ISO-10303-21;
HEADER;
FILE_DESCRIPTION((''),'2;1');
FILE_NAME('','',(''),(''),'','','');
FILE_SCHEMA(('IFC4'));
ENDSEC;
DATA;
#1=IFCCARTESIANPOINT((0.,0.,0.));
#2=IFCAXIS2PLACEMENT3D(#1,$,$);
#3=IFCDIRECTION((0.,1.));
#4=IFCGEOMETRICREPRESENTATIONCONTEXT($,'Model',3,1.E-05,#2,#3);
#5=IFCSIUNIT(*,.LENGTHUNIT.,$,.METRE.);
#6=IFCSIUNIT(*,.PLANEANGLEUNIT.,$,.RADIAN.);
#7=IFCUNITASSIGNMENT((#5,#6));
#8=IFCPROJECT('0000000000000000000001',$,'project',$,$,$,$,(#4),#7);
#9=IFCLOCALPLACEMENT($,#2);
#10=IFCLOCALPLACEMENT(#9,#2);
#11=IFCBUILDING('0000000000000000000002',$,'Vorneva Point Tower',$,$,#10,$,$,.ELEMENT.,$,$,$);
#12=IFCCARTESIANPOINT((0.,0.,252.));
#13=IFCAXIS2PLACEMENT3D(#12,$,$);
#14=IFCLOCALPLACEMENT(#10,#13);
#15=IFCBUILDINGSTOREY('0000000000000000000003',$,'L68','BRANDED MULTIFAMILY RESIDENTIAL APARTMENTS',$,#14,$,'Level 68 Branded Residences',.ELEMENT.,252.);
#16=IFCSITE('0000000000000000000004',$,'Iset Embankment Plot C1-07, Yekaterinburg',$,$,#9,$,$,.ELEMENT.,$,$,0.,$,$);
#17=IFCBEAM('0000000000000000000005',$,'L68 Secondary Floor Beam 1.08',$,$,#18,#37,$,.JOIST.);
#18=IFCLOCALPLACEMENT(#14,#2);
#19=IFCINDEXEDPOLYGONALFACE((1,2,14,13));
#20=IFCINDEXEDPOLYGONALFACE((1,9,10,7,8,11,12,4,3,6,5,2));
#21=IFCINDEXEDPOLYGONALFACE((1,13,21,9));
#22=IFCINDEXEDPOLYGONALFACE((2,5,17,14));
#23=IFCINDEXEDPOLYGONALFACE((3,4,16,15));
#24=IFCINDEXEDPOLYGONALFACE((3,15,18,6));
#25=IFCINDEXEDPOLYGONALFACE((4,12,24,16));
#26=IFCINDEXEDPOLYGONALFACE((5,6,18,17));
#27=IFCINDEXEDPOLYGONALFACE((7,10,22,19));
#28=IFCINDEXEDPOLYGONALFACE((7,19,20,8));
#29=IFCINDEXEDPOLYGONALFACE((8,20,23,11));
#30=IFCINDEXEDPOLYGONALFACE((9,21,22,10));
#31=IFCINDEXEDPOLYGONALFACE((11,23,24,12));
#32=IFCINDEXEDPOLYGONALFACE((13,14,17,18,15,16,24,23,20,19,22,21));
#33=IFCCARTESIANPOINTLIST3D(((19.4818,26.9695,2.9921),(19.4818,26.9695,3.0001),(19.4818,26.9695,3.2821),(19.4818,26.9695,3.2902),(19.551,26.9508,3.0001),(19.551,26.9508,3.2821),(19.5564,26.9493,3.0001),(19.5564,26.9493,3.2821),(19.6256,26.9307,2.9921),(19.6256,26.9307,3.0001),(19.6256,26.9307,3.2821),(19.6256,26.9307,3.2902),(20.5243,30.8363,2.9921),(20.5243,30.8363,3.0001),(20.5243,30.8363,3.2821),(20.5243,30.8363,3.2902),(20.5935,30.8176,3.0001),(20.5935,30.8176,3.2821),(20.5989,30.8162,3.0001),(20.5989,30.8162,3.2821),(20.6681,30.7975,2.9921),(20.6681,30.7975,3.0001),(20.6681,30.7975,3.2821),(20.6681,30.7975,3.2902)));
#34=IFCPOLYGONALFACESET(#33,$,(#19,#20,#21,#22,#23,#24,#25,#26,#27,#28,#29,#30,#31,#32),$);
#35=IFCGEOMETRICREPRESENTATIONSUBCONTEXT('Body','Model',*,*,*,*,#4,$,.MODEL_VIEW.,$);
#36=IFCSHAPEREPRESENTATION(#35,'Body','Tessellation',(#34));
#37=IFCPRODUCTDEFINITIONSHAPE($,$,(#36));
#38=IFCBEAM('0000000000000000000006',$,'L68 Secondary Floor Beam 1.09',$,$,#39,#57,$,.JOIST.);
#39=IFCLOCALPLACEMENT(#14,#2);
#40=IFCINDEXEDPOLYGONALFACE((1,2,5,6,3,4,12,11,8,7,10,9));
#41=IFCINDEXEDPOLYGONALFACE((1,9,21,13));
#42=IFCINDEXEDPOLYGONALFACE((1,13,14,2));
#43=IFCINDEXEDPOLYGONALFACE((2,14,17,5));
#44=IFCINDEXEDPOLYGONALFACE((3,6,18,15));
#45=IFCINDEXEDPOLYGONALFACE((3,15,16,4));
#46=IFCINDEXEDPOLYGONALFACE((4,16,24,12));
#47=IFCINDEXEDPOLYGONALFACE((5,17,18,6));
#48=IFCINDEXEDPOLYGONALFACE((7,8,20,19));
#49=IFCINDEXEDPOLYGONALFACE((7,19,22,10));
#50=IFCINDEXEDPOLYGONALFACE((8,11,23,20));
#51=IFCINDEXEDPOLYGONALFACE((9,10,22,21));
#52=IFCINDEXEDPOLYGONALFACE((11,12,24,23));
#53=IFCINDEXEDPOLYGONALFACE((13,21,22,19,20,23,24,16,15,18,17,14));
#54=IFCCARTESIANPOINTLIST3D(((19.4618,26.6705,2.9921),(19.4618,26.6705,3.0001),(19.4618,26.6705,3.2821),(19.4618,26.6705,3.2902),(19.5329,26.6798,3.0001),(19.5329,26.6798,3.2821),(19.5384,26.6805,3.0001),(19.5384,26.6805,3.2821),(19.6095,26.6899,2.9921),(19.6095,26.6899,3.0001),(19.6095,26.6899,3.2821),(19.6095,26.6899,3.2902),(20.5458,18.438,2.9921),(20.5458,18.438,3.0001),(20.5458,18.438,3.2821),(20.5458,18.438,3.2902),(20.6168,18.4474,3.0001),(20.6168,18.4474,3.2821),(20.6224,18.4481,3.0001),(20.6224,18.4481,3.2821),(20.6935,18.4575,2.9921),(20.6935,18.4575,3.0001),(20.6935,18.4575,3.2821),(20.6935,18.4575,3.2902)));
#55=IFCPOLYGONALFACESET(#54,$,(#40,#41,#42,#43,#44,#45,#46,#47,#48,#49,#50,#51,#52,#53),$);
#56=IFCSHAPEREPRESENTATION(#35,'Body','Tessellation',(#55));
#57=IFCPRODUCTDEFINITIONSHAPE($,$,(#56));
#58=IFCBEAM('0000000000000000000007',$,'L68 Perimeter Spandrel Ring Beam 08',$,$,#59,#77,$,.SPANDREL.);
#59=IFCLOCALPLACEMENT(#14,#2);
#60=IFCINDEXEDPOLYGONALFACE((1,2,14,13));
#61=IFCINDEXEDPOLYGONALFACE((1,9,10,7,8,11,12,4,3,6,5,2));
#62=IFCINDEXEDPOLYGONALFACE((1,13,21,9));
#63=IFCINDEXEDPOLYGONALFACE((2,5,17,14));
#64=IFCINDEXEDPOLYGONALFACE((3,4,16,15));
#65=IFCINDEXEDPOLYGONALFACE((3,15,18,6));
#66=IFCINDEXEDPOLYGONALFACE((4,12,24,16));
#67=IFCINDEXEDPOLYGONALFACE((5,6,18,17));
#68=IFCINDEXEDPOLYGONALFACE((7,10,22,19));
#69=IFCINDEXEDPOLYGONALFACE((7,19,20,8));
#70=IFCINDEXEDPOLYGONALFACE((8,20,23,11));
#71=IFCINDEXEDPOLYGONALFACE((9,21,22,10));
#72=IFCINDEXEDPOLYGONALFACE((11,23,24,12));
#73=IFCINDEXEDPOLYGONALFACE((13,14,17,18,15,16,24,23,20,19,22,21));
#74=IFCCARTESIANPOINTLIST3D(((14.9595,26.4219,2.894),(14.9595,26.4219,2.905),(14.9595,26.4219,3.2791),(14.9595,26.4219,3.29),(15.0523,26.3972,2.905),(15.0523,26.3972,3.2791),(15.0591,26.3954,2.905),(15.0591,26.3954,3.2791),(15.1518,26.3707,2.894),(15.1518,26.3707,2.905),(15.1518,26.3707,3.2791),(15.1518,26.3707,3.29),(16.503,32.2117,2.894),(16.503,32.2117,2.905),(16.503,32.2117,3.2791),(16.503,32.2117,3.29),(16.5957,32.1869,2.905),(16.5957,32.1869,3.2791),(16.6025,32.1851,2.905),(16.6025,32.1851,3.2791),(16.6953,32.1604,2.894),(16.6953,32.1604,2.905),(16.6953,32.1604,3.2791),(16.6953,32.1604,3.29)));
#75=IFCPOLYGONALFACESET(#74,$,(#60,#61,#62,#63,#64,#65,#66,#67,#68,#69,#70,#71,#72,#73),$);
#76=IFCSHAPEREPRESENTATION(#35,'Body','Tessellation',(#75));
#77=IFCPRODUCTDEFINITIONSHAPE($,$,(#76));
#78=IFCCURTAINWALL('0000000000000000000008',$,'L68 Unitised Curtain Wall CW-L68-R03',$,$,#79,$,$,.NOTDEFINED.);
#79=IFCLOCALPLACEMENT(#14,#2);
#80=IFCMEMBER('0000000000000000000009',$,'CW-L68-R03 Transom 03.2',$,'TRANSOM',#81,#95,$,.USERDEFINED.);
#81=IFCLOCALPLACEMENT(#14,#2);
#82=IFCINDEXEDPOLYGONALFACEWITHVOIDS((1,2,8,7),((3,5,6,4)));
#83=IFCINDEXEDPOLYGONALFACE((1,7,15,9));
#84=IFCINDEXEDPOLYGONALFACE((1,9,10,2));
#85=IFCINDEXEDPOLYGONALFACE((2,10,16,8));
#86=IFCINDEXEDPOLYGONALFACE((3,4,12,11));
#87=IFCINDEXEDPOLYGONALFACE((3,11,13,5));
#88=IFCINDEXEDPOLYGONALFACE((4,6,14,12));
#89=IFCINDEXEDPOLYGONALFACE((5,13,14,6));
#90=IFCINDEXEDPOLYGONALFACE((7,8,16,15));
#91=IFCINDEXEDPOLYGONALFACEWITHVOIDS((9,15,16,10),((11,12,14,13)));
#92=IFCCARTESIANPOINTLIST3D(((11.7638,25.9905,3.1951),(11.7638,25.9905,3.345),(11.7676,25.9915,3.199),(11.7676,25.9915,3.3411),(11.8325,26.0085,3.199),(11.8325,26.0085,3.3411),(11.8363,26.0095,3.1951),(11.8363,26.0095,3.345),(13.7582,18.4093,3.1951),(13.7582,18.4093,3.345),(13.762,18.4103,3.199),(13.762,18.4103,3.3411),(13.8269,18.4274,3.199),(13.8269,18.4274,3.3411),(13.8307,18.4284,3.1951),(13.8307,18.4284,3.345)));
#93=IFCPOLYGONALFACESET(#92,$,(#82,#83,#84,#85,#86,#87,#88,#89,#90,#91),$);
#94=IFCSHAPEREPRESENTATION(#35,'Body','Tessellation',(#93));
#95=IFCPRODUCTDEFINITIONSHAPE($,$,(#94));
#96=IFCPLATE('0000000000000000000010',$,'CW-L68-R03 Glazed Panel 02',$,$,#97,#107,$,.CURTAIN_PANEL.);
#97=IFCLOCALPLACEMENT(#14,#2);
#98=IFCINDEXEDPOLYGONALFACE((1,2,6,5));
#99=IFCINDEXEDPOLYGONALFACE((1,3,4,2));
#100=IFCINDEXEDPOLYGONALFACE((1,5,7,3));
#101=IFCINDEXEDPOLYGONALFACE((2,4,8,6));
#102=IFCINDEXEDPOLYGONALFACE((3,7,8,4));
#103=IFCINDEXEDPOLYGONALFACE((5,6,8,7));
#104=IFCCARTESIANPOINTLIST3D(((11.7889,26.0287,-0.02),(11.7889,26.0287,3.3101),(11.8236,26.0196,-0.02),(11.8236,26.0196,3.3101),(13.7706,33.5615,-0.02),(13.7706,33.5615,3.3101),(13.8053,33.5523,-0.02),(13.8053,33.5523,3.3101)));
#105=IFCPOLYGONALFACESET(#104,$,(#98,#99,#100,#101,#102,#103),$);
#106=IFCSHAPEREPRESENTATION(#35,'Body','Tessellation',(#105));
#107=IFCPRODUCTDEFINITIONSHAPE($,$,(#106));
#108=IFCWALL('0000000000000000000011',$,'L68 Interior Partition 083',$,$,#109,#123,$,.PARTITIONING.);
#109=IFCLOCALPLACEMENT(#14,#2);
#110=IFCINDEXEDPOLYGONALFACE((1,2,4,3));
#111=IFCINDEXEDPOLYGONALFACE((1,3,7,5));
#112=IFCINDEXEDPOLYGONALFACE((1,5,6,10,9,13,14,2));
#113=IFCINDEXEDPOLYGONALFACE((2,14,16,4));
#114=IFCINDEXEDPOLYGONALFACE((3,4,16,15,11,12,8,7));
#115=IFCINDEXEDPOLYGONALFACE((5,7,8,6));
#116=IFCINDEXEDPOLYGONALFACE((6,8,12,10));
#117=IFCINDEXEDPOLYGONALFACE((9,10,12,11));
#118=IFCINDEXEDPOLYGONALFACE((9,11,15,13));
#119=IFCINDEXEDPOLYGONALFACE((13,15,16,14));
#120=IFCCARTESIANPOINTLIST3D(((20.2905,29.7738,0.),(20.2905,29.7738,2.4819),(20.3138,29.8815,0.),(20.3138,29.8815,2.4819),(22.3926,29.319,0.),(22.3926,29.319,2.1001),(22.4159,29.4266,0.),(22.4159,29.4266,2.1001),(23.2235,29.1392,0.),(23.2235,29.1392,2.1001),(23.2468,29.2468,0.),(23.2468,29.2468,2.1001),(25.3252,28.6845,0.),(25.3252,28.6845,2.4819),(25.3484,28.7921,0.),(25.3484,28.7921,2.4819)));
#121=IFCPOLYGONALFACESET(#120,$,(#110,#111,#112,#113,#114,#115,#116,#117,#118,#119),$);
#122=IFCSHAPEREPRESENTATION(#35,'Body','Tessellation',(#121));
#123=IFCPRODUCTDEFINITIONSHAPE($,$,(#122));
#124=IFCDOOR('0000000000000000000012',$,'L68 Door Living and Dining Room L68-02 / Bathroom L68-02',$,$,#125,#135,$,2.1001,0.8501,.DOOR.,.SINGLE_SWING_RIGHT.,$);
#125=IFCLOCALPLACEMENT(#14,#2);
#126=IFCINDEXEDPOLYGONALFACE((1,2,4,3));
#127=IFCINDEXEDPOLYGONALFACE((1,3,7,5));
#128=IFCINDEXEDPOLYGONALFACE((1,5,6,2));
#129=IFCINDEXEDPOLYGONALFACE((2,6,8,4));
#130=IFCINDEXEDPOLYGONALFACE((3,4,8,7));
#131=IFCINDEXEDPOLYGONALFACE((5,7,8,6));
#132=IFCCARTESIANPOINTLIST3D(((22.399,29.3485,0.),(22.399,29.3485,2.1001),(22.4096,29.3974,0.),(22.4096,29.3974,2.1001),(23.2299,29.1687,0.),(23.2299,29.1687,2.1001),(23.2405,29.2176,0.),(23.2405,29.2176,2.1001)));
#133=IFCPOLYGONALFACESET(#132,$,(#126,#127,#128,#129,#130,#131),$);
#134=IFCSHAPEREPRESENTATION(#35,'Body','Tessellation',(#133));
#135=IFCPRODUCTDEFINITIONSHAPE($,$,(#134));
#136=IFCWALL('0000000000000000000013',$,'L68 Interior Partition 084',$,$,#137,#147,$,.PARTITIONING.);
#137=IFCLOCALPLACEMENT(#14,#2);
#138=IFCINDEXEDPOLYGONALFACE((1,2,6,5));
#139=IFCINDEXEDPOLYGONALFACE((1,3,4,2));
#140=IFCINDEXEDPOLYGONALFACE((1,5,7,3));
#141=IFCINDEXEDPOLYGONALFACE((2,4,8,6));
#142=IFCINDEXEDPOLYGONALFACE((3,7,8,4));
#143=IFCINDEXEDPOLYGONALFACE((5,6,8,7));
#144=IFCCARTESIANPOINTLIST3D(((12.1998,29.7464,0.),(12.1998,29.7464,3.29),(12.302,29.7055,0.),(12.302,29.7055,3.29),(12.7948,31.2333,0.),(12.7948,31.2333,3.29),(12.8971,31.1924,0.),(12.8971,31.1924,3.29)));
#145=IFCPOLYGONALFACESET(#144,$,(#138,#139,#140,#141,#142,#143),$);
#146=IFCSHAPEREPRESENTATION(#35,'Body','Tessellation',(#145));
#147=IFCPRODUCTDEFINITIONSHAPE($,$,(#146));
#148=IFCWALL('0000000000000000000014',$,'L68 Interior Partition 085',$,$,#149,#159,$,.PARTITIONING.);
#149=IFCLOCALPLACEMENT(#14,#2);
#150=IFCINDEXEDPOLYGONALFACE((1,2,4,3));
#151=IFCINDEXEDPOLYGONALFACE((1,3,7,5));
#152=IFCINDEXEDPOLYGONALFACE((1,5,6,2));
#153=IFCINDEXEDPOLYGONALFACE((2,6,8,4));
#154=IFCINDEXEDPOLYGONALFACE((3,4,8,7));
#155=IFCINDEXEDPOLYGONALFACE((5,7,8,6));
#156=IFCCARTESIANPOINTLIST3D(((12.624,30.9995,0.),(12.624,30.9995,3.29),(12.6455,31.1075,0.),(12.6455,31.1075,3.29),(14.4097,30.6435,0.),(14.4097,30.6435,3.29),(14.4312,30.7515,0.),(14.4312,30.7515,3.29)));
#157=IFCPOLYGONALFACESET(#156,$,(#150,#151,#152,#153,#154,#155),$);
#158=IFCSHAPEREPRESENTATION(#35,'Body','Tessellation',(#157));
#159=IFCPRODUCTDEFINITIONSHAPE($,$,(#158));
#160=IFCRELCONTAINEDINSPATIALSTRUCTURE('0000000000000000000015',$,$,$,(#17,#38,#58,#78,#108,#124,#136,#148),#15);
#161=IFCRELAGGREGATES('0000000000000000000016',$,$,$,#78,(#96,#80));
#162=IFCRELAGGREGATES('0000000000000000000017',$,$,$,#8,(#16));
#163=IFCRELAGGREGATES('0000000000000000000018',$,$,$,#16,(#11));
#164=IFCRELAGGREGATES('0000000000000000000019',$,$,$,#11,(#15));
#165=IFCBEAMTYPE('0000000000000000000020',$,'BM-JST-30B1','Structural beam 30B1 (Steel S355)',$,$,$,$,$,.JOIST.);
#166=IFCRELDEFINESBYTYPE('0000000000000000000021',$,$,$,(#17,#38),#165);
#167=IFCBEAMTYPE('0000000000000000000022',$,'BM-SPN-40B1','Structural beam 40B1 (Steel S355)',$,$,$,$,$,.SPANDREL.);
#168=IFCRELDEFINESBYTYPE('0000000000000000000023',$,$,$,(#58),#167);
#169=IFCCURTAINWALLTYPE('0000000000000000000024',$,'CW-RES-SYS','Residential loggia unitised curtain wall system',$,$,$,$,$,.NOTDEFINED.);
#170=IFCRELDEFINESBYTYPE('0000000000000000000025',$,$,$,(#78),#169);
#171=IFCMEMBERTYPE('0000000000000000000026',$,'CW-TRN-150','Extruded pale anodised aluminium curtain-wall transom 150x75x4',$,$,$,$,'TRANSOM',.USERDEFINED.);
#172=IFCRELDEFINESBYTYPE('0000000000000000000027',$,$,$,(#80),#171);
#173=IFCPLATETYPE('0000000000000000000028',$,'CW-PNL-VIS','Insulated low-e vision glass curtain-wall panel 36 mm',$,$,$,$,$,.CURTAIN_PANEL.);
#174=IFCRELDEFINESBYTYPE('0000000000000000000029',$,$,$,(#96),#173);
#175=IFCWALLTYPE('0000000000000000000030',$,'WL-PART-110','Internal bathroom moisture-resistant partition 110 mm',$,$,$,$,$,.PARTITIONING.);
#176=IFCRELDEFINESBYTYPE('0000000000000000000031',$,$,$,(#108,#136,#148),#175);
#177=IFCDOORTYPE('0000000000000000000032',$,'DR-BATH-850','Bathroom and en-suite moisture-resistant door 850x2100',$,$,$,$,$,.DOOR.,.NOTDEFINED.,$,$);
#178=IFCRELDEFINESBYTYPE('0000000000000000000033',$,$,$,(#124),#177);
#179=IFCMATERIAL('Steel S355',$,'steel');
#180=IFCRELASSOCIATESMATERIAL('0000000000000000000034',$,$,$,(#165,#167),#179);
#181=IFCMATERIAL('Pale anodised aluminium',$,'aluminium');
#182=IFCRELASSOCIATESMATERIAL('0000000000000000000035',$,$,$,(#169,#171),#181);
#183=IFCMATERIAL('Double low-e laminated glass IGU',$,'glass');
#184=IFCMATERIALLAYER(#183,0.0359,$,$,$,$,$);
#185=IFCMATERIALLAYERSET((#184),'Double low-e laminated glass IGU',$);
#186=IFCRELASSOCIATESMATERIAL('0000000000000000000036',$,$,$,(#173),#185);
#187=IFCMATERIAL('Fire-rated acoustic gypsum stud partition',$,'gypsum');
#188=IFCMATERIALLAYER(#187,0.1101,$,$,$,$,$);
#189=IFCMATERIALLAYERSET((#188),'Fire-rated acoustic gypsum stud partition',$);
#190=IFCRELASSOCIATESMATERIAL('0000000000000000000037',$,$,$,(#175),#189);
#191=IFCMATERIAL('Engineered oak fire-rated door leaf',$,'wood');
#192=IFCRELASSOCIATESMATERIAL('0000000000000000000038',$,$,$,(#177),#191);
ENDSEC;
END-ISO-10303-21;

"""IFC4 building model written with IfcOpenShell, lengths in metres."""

from ifc_helpers import new_model, si_unit, direction, frame, frame_2d, origin, origin_2d, place, context, subcontext, project, spatial, rectangle, hollow_rectangle, i_section, extrude, material, layer, layer_set, material_profile, profile_set, type_object, element, fill, aggregate, save


model = new_model("IFC4")

# Units and contexts
model_context = context("Model", 3, precision=1e-05, world=origin(), true_north=direction((0.0, 1.0)))
body_context = subcontext(model_context, "Body", "Model", "MODEL_VIEW")
ifc_project = project(units=[si_unit("LENGTHUNIT", "METRE"), si_unit("PLANEANGLEUNIT", "RADIAN")], contexts=[model_context])

# Site, building, storey
site_placement = place(None, origin())
site = spatial("IfcSite", under=ifc_project, at=site_placement, Name="Iset Embankment Plot C1-07, Yekaterinburg", CompositionType="ELEMENT", RefElevation=0.0)
building_placement = place(site_placement, origin())
building = spatial("IfcBuilding", under=site, at=building_placement, Name="Vorneva Point Tower", CompositionType="ELEMENT")
storey_placement = place(building_placement, frame((0.0, 0.0, 252.0)))
storey = spatial("IfcBuildingStorey", under=building, at=storey_placement, Name="L68", Description="BRANDED MULTIFAMILY RESIDENTIAL APARTMENTS", LongName="Level 68 Branded Residences", CompositionType="ELEMENT", Elevation=252.0)

# Beams
ifc_material_1 = material(Name="Steel S355", Category="steel")
ifc_material_profile_1 = material_profile(ifc_material_1, i_section(OverallWidth=0.1489, OverallDepth=0.2981, WebThickness=0.0056, FlangeThickness=0.0081, at=origin_2d()), Name="30B1")
ifc_profile_set_1 = profile_set([ifc_material_profile_1], Name="Steel S355")
beam_type_1 = type_object("IfcBeamType", Name="BM-JST-30B1", Description="Structural beam 30B1 (Steel S355)", PredefinedType="JOIST", material=ifc_profile_set_1)
beam_1_placement = place(storey_placement, frame((20.5962, 30.8169, 3.1411), z_axis=(-0.26031, -0.965525, 0.0), x_axis=(0.965525, -0.26031, 0.0)))
element("IfcBeam", 1, at=beam_1_placement, inside=storey, type_object=beam_type_1, Name="L68 Secondary Floor Beam 1.08", PredefinedType="JOIST", context=body_context, shape_type="SweptSolid", body=[
    extrude(i_section(OverallWidth=0.1489, OverallDepth=0.2981, WebThickness=0.0056, FlangeThickness=0.0081, at=origin_2d()), origin(), (0.0, 0.0, 1.0), 4.0049),
])
beam_2_placement = place(storey_placement, frame((19.5356, 26.6802, 3.1411), z_axis=(0.130546, -0.991442, 0.0), x_axis=(0.991442, 0.130546, 0.0)))
element("IfcBeam", 2, at=beam_2_placement, inside=storey, type_object=beam_type_1, Name="L68 Secondary Floor Beam 1.09", PredefinedType="JOIST", context=body_context, shape_type="SweptSolid", body=[
    extrude(i_section(OverallWidth=0.1489, OverallDepth=0.2981, WebThickness=0.0056, FlangeThickness=0.0081, at=origin_2d()), origin(), (0.0, 0.0, 1.0), 8.3035),
])
ifc_material_profile_2 = material_profile(ifc_material_1, i_section(OverallWidth=0.199, OverallDepth=0.396, WebThickness=0.0071, FlangeThickness=0.011, at=origin_2d()), Name="40B1")
ifc_profile_set_2 = profile_set([ifc_material_profile_2], Name="Steel S355")
beam_type_2 = type_object("IfcBeamType", Name="BM-SPN-40B1", Description="Structural beam 40B1 (Steel S355)", PredefinedType="SPANDREL", material=ifc_profile_set_2)
beam_3_placement = place(storey_placement, frame((16.5991, 32.186, 3.092), z_axis=(-0.257587, -0.966255, 0.0), x_axis=(0.966255, -0.257587, 0.0)))
element("IfcBeam", 3, at=beam_3_placement, inside=storey, type_object=beam_type_2, Name="L68 Perimeter Spandrel Ring Beam 08", PredefinedType="SPANDREL", context=body_context, shape_type="SweptSolid", body=[
    extrude(i_section(OverallWidth=0.199, OverallDepth=0.396, WebThickness=0.0071, FlangeThickness=0.011, at=origin_2d()), origin(), (0.0, 0.0, 1.0), 5.9919),
])

# Curtain wall, member, plate
ifc_material_2 = material(Name="Pale anodised aluminium", Category="aluminium")
curtain_wall_type = type_object("IfcCurtainWallType", Name="CW-RES-SYS", Description="Residential loggia unitised curtain wall system", PredefinedType="NOTDEFINED", material=ifc_material_2)
curtain_wall_placement = place(storey_placement, origin())
curtain_wall = element("IfcCurtainWall", 4, at=curtain_wall_placement, inside=storey, type_object=curtain_wall_type, Name="L68 Unitised Curtain Wall CW-L68-R03", PredefinedType="NOTDEFINED")
ifc_material_profile_3 = material_profile(ifc_material_2, hollow_rectangle(XDim=0.075, YDim=0.1499, WallThickness=0.0039, at=origin_2d()), Name="AL-TRN 150x75x4")
ifc_profile_set_3 = profile_set([ifc_material_profile_3], Name="Pale anodised aluminium")
member_type = type_object("IfcMemberType", Name="CW-TRN-150", Description="Extruded pale anodised aluminium curtain-wall transom 150x75x4", ElementType="TRANSOM", PredefinedType="USERDEFINED", material=ifc_profile_set_3)
member_placement = place(storey_placement, frame((11.8, 26.0, 3.27), z_axis=(0.254418, -0.967094, 0.0), x_axis=(0.967094, 0.254418, 0.0)))
member = element("IfcMember", 5, at=member_placement, type_object=member_type, Name="CW-L68-R03 Transom 03.2", ObjectType="TRANSOM", PredefinedType="USERDEFINED", context=body_context, shape_type="SweptSolid", body=[
    extrude(hollow_rectangle(XDim=0.075, YDim=0.1499, WallThickness=0.0039, at=origin_2d()), origin(), (0.0, 0.0, 1.0), 7.8391),
])
ifc_material_3 = material(Name="Double low-e laminated glass IGU", Category="glass")
ifc_layer_1 = layer(ifc_material_3, 0.0359)
ifc_layer_set_1 = layer_set([ifc_layer_1], Name="Double low-e laminated glass IGU")
plate_type = type_object("IfcPlateType", Name="CW-PNL-VIS", Description="Insulated low-e vision glass curtain-wall panel 36 mm", PredefinedType="CURTAIN_PANEL", material=ifc_layer_set_1)
plate_placement = place(storey_placement, frame((12.7971, 29.7905, -0.02), z_axis=(0.0, 0.0, 1.0), x_axis=(-0.254416, -0.967095, 0.0)))
plate = element("IfcPlate", 6, at=plate_placement, type_object=plate_type, Name="CW-L68-R03 Glazed Panel 02", PredefinedType="CURTAIN_PANEL", context=body_context, shape_type="SweptSolid", body=[
    extrude(rectangle(XDim=7.7891, YDim=0.0359, at=origin_2d()), origin(), (0.0, 0.0, 1.0), 3.3301),
])
aggregate(curtain_wall, [plate, member])

# Wall, opening, door
ifc_material_4 = material(Name="Fire-rated acoustic gypsum stud partition", Category="gypsum")
ifc_layer_2 = layer(ifc_material_4, 0.1101)
ifc_layer_set_2 = layer_set([ifc_layer_2], Name="Fire-rated acoustic gypsum stud partition")
wall_type_1 = type_object("IfcWallType", Name="WL-PART-110", Description="Internal bathroom moisture-resistant partition 110 mm", PredefinedType="PARTITIONING", material=ifc_layer_set_2)
wall_1_placement = place(storey_placement, frame((25.3369, 28.7383, 0.0), z_axis=(0.0, 0.0, 1.0), x_axis=(-0.977383, 0.211477, 0.0)))
wall_1 = element("IfcWall", 7, at=wall_1_placement, inside=storey, type_object=wall_type_1, Name="L68 Interior Partition 083", PredefinedType="PARTITIONING", context=body_context, shape_type="SweptSolid", body=[
    extrude(rectangle(XDim=5.1511, YDim=0.1101, at=frame_2d((2.5757, 0.0))), origin(), (0.0, 0.0, 1.0), 2.4819),
])
opening_1_placement = place(wall_1_placement, frame((2.1504, 0.0, 0.0)))
opening_1 = element("IfcOpeningElement", 8, at=opening_1_placement, cuts=wall_1, PredefinedType="OPENING", context=body_context, shape_type="SweptSolid", body=[
    extrude(rectangle(XDim=0.8501, YDim=2.1001, at=frame_2d((0.425, 1.05))), frame((0.0, 0.0698, 0.0), z_axis=(0.0, -1.0, 0.0), x_axis=(1.0, 0.0, 0.0)), (0.0, 0.0, 1.0), 0.1399),
])
ifc_material_5 = material(Name="Engineered oak fire-rated door leaf", Category="wood")
door_type_1 = type_object("IfcDoorType", Name="DR-BATH-850", Description="Bathroom and en-suite moisture-resistant door 850x2100", OperationType="NOTDEFINED", PredefinedType="DOOR", material=ifc_material_5)
door_1_placement = place(opening_1_placement, origin())
door_1 = element("IfcDoor", 9, at=door_1_placement, inside=storey, type_object=door_type_1, Name="L68 Door Living and Dining Room L68-02 / Bathroom L68-02", OperationType="SINGLE_SWING_RIGHT", OverallHeight=2.1001, OverallWidth=0.8501, PredefinedType="DOOR", context=body_context, shape_type="SweptSolid", body=[
    extrude(rectangle(XDim=0.8501, YDim=2.1001, at=frame_2d((0.425, 1.05))), frame((0.0, 0.0249, 0.0), z_axis=(0.0, -1.0, 0.0), x_axis=(1.0, 0.0, 0.0)), (0.0, 0.0, 1.0), 0.05),
])
fill(opening_1, door_1)

# Walls
wall_2_placement = place(storey_placement, frame((12.8459, 31.2129, 0.0), z_axis=(0.0, 0.0, 1.0), x_axis=(-0.371522, -0.928424, 0.0)))
element("IfcWall", 10, at=wall_2_placement, inside=storey, type_object=wall_type_1, Name="L68 Interior Partition 084", PredefinedType="PARTITIONING", context=body_context, shape_type="SweptSolid", body=[
    extrude(rectangle(XDim=1.6016, YDim=0.1101, at=frame_2d((0.8008, 0.0))), origin(), (0.0, 0.0, 1.0), 3.29),
])
wall_3_placement = place(storey_placement, frame((12.6348, 31.0535, 0.0), z_axis=(0.0, 0.0, 1.0), x_axis=(0.980704, -0.195497, 0.0)))
element("IfcWall", 11, at=wall_3_placement, inside=storey, type_object=wall_type_1, Name="L68 Interior Partition 085", PredefinedType="PARTITIONING", context=body_context, shape_type="SweptSolid", body=[
    extrude(rectangle(XDim=1.8208, YDim=0.1101, at=frame_2d((0.9104, 0.0))), origin(), (0.0, 0.0, 1.0), 3.29),
])

save(model, "model.ifc")
